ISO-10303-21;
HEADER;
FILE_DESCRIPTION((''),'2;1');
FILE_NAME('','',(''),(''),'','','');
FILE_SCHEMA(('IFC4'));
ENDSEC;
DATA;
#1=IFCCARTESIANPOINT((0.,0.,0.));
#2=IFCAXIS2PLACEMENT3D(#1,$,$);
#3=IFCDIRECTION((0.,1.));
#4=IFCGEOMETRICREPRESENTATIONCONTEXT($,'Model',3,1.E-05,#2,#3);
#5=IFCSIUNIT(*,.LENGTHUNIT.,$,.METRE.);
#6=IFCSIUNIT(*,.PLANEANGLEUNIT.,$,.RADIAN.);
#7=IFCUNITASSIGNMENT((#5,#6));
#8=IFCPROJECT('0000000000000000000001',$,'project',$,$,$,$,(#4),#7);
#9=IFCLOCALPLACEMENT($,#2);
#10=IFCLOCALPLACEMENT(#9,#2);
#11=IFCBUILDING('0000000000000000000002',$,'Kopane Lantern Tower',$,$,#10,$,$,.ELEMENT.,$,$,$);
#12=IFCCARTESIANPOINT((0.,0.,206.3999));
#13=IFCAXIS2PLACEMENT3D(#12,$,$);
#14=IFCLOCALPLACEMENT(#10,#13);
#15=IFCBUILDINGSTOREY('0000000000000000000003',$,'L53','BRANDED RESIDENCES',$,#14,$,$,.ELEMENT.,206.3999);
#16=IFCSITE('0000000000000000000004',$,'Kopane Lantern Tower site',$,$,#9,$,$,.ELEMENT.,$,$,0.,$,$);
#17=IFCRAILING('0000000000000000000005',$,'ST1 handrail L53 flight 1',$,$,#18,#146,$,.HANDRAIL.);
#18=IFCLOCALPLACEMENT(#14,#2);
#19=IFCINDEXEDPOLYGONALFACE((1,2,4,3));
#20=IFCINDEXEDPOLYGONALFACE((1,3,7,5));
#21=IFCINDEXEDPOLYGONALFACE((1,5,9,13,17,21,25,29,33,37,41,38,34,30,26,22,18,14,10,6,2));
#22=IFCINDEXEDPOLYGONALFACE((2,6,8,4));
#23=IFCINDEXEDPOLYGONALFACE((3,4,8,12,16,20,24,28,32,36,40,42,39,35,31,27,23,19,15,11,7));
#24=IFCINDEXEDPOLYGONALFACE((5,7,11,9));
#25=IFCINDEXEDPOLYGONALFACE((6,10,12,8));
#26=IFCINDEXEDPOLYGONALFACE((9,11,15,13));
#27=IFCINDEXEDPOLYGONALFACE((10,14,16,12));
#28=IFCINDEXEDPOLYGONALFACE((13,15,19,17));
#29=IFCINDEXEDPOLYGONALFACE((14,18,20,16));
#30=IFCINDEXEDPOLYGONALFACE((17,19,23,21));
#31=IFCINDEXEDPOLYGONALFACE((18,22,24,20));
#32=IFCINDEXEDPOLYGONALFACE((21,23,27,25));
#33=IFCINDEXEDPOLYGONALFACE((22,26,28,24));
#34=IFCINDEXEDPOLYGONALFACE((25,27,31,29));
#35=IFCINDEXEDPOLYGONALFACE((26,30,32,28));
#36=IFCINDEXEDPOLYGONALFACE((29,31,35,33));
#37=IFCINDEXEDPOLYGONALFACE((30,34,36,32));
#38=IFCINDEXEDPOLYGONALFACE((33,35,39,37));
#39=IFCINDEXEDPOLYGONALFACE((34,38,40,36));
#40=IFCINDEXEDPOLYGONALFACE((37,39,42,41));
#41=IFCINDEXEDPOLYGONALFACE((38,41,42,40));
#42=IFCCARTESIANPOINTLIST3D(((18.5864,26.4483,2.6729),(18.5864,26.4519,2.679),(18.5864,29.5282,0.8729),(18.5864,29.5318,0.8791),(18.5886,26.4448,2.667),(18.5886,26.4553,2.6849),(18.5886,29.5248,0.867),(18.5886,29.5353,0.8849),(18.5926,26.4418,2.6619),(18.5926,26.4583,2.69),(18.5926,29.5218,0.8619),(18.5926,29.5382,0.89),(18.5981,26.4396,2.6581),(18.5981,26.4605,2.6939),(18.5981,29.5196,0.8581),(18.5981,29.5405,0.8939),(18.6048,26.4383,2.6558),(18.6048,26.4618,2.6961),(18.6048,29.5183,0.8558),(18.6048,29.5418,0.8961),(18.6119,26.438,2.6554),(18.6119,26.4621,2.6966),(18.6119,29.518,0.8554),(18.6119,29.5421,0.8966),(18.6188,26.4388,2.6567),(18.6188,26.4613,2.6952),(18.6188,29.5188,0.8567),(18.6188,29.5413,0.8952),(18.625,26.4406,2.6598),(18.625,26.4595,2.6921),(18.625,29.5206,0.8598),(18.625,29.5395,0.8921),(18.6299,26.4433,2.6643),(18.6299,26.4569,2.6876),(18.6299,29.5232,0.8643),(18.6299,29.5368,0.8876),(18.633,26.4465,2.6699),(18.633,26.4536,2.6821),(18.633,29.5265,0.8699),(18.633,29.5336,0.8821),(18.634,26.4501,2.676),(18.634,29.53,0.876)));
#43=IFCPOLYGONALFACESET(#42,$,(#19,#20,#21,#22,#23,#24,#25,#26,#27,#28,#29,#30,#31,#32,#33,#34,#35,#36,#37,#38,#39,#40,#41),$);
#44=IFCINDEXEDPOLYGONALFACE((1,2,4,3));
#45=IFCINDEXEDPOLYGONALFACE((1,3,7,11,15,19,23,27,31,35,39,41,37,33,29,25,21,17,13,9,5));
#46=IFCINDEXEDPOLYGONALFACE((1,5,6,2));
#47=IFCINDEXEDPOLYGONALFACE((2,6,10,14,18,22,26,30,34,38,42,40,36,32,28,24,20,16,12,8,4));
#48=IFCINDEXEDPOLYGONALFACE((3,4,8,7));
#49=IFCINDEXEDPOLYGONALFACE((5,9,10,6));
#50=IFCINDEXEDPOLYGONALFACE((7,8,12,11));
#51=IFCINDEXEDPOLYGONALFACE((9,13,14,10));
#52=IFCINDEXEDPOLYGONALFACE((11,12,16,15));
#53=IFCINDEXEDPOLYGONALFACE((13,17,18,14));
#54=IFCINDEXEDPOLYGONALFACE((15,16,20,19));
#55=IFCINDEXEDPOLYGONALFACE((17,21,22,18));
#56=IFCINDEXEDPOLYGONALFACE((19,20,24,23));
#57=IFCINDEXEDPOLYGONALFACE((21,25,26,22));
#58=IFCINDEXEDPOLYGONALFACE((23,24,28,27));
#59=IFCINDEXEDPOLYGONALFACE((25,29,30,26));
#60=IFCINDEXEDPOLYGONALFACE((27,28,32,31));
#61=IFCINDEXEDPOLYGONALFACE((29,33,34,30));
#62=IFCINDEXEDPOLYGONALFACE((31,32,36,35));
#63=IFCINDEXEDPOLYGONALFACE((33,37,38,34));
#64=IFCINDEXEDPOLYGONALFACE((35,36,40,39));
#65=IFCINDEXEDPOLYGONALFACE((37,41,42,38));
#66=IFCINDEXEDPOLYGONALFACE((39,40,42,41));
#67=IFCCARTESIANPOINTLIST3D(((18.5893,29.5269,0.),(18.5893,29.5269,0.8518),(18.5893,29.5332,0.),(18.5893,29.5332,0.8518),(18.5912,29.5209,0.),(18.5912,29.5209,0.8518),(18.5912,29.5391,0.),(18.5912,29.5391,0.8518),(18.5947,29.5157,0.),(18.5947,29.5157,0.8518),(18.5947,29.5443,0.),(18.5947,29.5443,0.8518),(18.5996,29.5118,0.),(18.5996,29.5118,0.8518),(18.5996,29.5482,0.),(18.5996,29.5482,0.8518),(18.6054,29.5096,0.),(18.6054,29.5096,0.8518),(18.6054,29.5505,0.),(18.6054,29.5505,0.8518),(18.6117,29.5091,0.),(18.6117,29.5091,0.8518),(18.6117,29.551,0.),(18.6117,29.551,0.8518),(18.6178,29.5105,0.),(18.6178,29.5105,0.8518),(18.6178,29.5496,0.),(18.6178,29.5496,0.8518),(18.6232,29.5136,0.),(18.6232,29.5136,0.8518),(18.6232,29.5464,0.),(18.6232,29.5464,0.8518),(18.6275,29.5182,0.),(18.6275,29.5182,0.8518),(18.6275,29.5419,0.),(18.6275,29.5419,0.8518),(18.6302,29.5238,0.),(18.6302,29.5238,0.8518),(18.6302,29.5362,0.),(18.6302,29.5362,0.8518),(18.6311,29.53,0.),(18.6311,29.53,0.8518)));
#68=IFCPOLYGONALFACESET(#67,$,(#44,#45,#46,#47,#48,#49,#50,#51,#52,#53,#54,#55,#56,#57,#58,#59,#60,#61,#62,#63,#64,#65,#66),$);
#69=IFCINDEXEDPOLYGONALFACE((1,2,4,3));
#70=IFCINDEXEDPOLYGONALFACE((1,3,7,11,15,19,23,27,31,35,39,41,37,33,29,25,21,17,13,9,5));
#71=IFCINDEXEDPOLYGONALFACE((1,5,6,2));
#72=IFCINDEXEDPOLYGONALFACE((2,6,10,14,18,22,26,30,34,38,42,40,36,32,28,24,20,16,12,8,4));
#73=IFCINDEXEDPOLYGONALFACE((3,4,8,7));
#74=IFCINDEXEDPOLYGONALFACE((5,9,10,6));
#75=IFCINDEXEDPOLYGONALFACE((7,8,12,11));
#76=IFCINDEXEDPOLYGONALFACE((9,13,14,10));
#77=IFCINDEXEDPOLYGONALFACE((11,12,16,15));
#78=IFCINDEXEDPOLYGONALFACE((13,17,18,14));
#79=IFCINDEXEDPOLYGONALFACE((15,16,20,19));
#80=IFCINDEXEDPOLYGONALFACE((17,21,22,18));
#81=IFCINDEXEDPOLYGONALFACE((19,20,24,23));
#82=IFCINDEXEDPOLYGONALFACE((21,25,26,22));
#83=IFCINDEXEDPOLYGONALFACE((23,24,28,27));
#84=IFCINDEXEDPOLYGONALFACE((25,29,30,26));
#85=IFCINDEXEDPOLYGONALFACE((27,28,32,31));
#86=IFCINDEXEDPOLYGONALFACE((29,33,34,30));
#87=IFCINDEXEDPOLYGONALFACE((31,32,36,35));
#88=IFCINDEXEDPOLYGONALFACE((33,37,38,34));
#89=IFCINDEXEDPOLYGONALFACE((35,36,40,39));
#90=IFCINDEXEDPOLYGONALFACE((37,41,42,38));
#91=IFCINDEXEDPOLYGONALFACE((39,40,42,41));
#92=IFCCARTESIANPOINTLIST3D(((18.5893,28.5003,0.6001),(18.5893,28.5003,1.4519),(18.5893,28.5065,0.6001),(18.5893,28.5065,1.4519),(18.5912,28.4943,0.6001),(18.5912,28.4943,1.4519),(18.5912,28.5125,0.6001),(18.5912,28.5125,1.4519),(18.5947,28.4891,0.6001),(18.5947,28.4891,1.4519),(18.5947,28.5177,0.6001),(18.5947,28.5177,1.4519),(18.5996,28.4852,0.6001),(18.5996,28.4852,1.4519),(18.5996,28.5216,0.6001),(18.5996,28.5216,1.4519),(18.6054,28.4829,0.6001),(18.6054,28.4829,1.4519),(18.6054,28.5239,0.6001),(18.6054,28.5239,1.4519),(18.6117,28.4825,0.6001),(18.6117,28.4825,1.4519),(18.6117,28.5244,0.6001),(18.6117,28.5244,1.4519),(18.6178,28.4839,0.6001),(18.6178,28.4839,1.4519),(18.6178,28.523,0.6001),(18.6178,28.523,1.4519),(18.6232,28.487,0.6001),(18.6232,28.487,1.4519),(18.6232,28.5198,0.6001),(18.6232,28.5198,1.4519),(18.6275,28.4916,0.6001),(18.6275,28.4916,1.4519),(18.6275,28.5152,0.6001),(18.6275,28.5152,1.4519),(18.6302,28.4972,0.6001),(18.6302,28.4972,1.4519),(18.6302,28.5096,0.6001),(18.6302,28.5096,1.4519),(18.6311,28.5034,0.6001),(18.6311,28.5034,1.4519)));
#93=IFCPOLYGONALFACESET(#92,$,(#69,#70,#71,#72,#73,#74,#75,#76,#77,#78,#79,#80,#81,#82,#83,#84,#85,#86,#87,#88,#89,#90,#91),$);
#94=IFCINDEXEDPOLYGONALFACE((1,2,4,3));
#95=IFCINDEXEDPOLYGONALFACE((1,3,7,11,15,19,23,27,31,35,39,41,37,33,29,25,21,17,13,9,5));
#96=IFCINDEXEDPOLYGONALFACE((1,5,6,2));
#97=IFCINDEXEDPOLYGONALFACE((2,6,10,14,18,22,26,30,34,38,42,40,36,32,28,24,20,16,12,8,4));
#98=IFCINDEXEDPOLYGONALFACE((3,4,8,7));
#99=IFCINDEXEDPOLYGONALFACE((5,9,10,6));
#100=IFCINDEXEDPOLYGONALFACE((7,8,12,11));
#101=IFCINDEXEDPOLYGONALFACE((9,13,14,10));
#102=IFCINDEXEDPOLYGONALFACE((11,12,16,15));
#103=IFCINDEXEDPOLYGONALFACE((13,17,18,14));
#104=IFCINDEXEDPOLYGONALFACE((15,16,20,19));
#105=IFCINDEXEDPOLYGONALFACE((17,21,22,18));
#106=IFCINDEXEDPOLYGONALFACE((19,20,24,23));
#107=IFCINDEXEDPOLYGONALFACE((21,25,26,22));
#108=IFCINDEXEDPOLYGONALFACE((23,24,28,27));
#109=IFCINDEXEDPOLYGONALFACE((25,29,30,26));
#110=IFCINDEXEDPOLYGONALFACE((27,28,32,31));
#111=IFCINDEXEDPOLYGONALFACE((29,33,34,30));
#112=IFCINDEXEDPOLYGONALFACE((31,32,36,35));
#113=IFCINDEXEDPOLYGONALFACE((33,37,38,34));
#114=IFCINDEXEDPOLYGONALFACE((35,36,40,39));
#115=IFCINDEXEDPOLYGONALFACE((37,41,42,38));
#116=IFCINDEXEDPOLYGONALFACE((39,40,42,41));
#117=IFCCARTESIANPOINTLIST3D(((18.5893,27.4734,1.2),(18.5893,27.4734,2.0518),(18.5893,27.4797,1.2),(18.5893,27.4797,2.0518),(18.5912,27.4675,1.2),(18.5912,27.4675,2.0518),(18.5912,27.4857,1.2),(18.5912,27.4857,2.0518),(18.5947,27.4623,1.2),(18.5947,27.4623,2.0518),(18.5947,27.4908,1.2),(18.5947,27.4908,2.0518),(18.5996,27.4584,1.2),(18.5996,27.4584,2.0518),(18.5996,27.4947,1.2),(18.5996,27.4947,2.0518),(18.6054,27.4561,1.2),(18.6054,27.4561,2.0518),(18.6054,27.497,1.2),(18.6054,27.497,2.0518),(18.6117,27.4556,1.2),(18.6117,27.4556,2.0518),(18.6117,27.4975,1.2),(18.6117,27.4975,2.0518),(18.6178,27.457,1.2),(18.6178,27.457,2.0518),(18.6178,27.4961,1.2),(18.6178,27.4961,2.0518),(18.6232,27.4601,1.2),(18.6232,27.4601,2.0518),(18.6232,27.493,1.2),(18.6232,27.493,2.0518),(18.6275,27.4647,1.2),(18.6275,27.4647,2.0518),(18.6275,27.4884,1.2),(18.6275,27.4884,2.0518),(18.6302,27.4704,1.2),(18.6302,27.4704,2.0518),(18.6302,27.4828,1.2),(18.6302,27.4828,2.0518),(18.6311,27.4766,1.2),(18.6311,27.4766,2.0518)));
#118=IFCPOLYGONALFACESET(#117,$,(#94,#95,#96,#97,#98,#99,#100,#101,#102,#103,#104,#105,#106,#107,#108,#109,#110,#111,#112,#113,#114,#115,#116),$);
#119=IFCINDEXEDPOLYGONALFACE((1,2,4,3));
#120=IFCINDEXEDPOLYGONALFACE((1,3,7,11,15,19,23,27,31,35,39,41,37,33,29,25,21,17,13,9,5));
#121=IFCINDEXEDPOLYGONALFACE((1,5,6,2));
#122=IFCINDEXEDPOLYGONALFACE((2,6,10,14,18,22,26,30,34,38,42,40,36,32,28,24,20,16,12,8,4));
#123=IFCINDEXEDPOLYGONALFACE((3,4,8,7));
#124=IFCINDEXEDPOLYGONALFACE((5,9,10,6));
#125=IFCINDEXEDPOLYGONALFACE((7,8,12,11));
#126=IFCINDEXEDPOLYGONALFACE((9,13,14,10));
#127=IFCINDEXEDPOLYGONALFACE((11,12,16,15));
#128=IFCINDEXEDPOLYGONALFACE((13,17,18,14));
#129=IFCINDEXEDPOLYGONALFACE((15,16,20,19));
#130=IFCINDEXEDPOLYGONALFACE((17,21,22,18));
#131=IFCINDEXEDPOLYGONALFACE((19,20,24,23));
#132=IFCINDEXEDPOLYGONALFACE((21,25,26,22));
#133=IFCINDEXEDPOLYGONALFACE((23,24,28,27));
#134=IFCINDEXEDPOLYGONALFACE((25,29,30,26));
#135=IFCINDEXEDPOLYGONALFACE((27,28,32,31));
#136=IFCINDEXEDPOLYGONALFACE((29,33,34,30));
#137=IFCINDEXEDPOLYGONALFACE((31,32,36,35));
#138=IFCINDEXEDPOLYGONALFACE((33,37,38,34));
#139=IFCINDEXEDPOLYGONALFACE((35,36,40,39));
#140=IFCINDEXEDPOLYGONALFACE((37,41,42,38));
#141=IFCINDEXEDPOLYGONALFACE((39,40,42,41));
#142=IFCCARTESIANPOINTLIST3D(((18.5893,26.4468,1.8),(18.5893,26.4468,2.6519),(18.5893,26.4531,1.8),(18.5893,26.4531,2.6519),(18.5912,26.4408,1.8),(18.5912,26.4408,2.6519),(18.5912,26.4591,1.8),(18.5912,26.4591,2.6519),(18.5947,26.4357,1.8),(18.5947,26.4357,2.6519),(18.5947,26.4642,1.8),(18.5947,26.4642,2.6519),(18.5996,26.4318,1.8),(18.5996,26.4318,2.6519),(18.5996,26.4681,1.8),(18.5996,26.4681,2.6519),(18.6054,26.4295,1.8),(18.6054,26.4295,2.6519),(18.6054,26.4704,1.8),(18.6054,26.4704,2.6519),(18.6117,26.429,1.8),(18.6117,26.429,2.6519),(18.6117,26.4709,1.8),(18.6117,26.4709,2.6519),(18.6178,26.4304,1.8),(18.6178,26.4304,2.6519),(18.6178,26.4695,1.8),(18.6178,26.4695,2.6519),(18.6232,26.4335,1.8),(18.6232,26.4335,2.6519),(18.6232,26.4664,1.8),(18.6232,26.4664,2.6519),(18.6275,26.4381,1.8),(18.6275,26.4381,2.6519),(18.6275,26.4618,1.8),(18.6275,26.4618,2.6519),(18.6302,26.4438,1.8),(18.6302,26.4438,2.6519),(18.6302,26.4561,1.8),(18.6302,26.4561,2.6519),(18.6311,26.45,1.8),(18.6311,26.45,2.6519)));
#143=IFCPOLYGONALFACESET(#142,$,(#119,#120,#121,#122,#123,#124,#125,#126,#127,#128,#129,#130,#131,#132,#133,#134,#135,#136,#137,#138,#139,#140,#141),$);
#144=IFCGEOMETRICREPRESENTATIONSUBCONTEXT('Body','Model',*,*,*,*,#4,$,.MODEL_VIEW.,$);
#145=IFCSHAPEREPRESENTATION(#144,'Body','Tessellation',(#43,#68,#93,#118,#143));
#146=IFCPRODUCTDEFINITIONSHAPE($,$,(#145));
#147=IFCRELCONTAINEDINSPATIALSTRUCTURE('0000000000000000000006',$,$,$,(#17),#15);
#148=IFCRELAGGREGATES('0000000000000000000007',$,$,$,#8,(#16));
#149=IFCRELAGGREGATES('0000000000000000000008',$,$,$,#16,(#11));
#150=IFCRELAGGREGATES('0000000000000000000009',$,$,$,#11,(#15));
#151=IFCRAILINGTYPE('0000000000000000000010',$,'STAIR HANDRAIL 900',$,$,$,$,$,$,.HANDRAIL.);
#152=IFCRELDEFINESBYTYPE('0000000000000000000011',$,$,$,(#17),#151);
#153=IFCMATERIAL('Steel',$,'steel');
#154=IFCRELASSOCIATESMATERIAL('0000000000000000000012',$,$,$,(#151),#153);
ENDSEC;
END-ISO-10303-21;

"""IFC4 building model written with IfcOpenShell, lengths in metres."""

from ifc_helpers import new_model, si_unit, direction, frame, origin, origin_2d, place, context, subcontext, project, spatial, circle, extrude, material, type_object, element, save


model = new_model("IFC4")

# Units and contexts
model_context = context("Model", 3, precision=1e-05, world=origin(), true_north=direction((0.0, 1.0)))
body_context = subcontext(model_context, "Body", "Model", "MODEL_VIEW")
ifc_project = project(units=[si_unit("LENGTHUNIT", "METRE"), si_unit("PLANEANGLEUNIT", "RADIAN")], contexts=[model_context])

# Site, building, storey
site_placement = place(None, origin())
site = spatial("IfcSite", under=ifc_project, at=site_placement, Name="Kopane Lantern Tower site", CompositionType="ELEMENT", RefElevation=0.0)
building_placement = place(site_placement, origin())
building = spatial("IfcBuilding", under=site, at=building_placement, Name="Kopane Lantern Tower", CompositionType="ELEMENT")
storey_placement = place(building_placement, frame((0.0, 0.0, 206.3999)))
storey = spatial("IfcBuildingStorey", under=building, at=storey_placement, Name="L53", Description="BRANDED RESIDENCES", CompositionType="ELEMENT", Elevation=206.3999)

# Railing
ifc_material_1 = material(Name="Steel", Category="steel")
railing_type_1 = type_object("IfcRailingType", Name="STAIR HANDRAIL 900", PredefinedType="HANDRAIL", material=ifc_material_1)
for number, where, name in (
    (1, (18.6101, 29.53, 0.0), "ST1 handrail L53 flight 1"),
):
    element("IfcRailing", number, at=place(storey_placement, frame(where)), inside=storey, type_object=railing_type_1, Name=name, PredefinedType="HANDRAIL", context=body_context, shape_type="SweptSolid", body=[
        extrude(circle(Radius=0.0239, at=origin_2d()), frame((0.0, 0.0, 0.876), z_axis=(0.0, -0.863372, 0.504569), x_axis=(1.0, 0.0, 0.0)), (0.0, 0.0, 1.0), 3.5674),
        extrude(circle(Radius=0.021, at=origin_2d()), origin(), (0.0, 0.0, 1.0), 0.8518),
        extrude(circle(Radius=0.021, at=origin_2d()), frame((0.0, -1.0266, 0.6001)), (0.0, 0.0, 1.0), 0.8518),
        extrude(circle(Radius=0.021, at=origin_2d()), frame((0.0, -2.0535, 1.2)), (0.0, 0.0, 1.0), 0.8518),
        extrude(circle(Radius=0.021, at=origin_2d()), frame((0.0, -3.0801, 1.8)), (0.0, 0.0, 1.0), 0.8518),
    ])

save(model, "model.ifc")
